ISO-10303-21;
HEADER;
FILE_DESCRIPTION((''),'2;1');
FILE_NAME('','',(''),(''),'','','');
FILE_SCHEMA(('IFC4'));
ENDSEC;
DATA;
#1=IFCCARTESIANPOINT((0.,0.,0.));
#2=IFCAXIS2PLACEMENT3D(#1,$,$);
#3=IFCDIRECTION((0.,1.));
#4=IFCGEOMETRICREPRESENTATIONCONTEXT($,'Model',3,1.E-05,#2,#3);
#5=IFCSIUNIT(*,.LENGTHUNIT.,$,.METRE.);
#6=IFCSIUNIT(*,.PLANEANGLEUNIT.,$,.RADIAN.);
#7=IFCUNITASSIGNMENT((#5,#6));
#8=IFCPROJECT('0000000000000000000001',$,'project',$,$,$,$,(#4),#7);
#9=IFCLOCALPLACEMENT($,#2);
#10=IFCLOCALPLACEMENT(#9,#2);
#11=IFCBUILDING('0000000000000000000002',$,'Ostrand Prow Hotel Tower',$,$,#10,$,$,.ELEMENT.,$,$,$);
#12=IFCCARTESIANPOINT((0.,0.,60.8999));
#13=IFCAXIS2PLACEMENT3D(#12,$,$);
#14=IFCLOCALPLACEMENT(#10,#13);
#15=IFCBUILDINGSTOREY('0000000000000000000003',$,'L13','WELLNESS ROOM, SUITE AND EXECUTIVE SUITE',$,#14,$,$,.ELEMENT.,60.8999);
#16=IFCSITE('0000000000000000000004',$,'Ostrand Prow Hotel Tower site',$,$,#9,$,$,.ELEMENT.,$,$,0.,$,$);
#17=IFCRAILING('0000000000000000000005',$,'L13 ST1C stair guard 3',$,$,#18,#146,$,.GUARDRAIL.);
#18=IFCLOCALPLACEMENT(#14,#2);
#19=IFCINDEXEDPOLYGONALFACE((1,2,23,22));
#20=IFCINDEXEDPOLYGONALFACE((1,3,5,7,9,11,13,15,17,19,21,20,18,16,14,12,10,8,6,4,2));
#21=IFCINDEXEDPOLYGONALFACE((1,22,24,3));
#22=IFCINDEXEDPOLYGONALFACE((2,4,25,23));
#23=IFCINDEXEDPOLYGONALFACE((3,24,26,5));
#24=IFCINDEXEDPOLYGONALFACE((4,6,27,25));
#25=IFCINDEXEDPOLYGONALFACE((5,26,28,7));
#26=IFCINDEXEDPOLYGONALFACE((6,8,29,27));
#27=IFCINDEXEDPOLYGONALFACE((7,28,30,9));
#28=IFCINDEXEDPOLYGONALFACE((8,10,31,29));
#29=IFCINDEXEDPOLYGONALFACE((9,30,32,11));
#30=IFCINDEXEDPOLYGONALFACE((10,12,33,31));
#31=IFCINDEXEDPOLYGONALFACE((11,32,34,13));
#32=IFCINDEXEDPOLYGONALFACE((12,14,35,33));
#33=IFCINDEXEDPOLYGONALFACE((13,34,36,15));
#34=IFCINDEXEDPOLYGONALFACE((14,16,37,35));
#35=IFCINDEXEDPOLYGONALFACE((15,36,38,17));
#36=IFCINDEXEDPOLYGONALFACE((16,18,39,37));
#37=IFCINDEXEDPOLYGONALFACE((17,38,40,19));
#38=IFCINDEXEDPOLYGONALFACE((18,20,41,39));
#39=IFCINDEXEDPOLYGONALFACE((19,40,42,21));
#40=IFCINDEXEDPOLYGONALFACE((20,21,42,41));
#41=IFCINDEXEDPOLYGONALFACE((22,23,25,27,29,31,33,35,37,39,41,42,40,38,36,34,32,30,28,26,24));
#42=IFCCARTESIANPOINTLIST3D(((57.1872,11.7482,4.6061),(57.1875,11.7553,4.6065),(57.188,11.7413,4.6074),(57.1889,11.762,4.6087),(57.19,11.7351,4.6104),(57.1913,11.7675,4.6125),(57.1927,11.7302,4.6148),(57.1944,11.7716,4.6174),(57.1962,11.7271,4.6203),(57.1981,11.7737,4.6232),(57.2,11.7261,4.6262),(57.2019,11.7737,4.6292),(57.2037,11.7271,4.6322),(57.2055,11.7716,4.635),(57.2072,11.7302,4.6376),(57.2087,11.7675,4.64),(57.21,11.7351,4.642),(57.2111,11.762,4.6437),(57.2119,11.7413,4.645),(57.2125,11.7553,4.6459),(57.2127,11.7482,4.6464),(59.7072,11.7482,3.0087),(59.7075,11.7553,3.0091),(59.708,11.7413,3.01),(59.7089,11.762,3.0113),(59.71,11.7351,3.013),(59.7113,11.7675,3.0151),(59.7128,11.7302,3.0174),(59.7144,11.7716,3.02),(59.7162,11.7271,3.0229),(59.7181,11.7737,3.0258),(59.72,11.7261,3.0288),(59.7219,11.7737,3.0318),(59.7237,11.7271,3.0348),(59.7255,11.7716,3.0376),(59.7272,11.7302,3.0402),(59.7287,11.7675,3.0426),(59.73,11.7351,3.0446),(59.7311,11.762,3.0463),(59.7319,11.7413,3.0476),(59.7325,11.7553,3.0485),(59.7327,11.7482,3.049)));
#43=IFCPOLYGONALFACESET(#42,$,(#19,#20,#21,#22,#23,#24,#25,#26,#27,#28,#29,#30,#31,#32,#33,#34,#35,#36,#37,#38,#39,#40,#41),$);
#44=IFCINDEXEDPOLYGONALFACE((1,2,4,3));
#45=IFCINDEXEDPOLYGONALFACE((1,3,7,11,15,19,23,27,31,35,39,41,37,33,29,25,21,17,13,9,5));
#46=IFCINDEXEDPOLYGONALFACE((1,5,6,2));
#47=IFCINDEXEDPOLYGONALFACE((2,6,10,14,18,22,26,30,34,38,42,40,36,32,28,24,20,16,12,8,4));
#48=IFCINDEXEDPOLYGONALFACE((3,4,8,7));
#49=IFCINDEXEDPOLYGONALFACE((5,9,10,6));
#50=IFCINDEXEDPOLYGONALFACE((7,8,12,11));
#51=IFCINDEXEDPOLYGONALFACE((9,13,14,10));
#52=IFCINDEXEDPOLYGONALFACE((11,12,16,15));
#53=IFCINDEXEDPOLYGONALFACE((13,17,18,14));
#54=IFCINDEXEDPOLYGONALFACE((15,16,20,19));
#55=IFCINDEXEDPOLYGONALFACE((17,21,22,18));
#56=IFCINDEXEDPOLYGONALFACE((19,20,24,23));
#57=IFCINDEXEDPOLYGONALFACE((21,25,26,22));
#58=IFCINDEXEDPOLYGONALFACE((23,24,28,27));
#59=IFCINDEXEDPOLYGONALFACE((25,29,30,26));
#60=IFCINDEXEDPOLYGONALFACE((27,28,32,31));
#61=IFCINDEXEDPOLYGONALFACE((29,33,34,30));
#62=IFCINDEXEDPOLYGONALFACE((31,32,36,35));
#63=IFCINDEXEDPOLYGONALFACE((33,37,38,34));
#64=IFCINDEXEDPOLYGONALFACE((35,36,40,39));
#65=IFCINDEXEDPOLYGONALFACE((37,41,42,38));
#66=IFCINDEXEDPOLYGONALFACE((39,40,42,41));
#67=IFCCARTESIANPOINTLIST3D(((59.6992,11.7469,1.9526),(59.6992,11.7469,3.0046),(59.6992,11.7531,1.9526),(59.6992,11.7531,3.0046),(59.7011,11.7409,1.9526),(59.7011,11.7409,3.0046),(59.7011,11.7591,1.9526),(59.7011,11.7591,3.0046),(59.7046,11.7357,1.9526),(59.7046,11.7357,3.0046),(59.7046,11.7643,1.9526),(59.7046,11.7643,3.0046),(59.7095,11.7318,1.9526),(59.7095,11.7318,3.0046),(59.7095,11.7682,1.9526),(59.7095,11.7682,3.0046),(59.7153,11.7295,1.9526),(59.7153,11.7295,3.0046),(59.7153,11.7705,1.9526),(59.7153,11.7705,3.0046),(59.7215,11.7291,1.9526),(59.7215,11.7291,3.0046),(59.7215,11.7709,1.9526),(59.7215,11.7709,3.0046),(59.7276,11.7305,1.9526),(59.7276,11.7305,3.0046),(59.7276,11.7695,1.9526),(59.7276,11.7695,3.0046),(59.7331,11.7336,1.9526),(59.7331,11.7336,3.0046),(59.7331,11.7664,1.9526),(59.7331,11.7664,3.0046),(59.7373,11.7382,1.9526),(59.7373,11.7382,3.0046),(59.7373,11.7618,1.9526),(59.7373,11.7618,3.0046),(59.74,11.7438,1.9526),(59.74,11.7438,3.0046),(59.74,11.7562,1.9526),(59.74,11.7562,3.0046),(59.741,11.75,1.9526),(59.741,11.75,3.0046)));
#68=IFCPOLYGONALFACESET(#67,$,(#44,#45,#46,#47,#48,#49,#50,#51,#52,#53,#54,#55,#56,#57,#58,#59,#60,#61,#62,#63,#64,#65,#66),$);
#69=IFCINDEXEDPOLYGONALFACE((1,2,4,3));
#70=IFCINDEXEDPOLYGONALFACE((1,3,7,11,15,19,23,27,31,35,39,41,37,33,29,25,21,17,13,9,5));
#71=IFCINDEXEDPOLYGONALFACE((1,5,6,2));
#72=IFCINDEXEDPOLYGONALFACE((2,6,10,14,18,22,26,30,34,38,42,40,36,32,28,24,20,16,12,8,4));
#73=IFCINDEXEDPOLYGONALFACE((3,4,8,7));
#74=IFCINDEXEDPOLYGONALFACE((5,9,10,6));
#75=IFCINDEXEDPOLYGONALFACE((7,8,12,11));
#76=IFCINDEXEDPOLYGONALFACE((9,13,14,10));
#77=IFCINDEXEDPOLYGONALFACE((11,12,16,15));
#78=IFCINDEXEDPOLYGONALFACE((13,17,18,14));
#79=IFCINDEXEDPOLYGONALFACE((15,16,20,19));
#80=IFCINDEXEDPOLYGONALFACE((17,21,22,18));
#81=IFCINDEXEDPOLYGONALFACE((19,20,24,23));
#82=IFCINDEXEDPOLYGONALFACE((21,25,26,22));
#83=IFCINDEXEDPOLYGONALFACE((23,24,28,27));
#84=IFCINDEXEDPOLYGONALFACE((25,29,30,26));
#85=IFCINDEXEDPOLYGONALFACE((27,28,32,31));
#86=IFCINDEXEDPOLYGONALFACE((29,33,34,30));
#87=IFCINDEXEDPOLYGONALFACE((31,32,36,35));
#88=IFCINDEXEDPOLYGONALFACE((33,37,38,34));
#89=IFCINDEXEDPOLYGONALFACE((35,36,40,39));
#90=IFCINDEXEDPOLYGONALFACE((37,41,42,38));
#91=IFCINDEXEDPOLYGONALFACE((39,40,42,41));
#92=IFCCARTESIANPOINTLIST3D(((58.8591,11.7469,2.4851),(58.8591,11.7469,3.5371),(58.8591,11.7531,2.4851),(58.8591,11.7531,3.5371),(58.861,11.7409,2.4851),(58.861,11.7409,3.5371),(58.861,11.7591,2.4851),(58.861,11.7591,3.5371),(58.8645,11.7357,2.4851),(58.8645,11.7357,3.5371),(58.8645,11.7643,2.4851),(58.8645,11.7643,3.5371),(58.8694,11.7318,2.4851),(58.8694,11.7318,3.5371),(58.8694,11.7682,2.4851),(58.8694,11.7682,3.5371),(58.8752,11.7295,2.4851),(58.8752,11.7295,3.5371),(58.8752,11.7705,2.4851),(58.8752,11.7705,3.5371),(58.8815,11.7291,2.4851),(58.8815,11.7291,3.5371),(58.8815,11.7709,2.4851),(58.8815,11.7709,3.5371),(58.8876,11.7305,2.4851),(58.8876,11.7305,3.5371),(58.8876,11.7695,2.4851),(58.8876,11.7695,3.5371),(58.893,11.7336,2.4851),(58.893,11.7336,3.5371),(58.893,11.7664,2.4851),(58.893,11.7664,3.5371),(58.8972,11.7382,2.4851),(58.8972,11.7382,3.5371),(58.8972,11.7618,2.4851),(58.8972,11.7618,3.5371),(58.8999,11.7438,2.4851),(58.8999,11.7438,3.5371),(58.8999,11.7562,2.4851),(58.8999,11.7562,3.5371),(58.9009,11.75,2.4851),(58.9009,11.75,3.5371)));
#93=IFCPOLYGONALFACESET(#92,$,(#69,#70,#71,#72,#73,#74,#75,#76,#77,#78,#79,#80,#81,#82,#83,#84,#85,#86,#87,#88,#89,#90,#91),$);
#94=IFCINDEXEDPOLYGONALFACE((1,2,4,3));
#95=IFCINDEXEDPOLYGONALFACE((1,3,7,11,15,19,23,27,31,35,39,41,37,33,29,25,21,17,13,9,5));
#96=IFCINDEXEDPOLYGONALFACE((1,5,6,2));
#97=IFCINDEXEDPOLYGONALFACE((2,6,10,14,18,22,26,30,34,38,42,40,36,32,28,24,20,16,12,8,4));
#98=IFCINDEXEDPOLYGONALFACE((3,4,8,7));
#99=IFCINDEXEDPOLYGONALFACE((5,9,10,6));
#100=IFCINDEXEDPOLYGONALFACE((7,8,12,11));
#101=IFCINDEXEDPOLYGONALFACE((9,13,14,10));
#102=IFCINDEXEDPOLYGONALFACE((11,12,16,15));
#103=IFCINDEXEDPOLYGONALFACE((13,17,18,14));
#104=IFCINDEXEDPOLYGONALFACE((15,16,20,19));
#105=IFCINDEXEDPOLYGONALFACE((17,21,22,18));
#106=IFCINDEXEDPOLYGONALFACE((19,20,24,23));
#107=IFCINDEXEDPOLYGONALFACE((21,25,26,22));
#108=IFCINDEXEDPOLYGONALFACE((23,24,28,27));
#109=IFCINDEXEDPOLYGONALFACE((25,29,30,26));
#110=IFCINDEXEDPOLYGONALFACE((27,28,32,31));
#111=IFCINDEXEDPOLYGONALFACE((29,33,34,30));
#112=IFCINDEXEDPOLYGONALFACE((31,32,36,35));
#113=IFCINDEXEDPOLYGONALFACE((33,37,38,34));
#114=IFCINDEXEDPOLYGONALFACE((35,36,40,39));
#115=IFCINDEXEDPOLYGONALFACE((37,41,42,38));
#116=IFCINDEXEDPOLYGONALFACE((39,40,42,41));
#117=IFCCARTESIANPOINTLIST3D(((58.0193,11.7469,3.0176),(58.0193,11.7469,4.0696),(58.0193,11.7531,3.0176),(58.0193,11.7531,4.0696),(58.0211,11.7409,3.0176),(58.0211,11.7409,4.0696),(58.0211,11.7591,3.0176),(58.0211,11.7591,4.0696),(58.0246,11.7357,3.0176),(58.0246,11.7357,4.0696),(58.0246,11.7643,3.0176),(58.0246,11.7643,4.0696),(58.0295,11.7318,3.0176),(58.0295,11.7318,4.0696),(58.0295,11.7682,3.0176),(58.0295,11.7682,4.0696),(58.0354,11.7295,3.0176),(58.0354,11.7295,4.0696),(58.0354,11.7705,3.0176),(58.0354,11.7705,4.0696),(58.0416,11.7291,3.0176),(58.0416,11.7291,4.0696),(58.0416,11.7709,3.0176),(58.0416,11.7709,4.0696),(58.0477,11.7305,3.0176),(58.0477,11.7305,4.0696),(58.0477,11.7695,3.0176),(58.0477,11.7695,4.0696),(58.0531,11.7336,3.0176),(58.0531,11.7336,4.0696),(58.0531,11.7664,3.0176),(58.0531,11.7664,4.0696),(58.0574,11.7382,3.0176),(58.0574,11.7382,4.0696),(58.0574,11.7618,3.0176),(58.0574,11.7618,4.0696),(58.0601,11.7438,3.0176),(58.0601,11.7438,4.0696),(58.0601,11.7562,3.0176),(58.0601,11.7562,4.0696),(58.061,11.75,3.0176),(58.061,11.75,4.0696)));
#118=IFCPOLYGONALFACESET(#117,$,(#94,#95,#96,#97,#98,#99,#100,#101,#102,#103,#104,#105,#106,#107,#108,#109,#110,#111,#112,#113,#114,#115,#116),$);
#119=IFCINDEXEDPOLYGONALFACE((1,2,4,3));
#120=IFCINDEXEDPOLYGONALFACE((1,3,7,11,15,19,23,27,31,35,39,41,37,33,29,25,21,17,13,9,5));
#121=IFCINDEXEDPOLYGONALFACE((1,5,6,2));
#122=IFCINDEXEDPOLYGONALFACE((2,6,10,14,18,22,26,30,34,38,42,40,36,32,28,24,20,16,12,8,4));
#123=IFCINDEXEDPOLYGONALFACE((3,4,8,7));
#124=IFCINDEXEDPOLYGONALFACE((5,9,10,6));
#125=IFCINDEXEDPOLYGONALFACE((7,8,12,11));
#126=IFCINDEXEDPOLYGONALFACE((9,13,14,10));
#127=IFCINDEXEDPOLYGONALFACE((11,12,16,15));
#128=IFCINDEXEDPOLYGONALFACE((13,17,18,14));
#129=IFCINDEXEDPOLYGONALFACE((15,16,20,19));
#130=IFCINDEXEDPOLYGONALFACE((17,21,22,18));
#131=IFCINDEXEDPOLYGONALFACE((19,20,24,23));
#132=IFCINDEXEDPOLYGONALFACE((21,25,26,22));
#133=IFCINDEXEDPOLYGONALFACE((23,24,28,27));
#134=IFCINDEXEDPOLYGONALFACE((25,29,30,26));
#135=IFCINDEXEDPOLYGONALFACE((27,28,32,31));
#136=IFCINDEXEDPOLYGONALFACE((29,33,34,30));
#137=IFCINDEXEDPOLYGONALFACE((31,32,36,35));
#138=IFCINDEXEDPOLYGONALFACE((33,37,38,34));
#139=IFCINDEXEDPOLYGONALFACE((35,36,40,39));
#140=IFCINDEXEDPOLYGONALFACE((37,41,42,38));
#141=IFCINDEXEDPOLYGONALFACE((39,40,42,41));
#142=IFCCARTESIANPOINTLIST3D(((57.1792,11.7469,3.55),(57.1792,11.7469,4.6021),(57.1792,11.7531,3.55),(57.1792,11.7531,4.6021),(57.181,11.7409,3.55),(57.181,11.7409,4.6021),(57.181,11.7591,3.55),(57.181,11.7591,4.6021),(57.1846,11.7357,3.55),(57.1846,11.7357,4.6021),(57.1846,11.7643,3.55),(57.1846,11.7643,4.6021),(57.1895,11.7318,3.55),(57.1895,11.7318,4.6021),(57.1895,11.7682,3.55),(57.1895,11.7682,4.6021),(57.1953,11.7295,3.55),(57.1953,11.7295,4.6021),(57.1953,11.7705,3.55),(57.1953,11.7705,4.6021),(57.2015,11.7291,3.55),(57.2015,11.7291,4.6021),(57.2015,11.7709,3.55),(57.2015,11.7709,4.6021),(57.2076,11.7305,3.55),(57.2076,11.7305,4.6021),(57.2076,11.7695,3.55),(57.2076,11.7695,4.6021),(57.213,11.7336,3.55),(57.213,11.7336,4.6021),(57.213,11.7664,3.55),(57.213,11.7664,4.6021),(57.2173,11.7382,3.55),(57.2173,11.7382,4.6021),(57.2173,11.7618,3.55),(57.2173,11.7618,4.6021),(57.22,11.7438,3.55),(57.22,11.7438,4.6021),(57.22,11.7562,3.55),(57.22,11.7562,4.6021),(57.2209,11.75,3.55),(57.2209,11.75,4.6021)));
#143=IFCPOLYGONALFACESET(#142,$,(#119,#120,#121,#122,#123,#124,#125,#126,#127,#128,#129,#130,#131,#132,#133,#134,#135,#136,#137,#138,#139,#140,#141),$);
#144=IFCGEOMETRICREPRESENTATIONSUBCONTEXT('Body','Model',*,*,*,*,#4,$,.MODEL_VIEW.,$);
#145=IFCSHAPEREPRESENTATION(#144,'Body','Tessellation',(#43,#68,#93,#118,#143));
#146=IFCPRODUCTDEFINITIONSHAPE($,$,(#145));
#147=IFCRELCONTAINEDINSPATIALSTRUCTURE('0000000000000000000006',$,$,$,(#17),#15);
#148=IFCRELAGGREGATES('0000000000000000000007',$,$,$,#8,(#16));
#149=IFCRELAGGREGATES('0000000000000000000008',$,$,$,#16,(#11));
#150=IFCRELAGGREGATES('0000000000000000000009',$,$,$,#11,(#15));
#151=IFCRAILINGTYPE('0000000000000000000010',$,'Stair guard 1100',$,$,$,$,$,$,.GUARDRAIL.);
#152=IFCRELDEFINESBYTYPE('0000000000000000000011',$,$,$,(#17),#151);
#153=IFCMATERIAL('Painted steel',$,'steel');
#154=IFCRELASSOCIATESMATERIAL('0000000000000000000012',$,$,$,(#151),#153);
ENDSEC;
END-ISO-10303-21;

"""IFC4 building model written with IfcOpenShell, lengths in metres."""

from ifc_helpers import new_model, si_unit, direction, frame, origin, origin_2d, place, context, subcontext, project, spatial, circle, extrude, material, type_object, element, save


model = new_model("IFC4")

# Units and contexts
model_context = context("Model", 3, precision=1e-05, world=origin(), true_north=direction((0.0, 1.0)))
body_context = subcontext(model_context, "Body", "Model", "MODEL_VIEW")
ifc_project = project(units=[si_unit("LENGTHUNIT", "METRE"), si_unit("PLANEANGLEUNIT", "RADIAN")], contexts=[model_context])

# Site, building, storey
site_placement = place(None, origin())
site = spatial("IfcSite", under=ifc_project, at=site_placement, Name="Ostrand Prow Hotel Tower site", CompositionType="ELEMENT", RefElevation=0.0)
building_placement = place(site_placement, origin())
building = spatial("IfcBuilding", under=site, at=building_placement, Name="Ostrand Prow Hotel Tower", CompositionType="ELEMENT")
storey_placement = place(building_placement, frame((0.0, 0.0, 60.8999)))
storey = spatial("IfcBuildingStorey", under=building, at=storey_placement, Name="L13", Description="WELLNESS ROOM, SUITE AND EXECUTIVE SUITE", CompositionType="ELEMENT", Elevation=60.8999)

# Railing
ifc_material_1 = material(Name="Painted steel", Category="steel")
railing_type_1 = type_object("IfcRailingType", Name="Stair guard 1100", PredefinedType="GUARDRAIL", material=ifc_material_1)
railing_1_placement = place(storey_placement, frame((59.72, 11.75, 1.9526)))
element("IfcRailing", 1, at=railing_1_placement, inside=storey, type_object=railing_type_1, Name="L13 ST1C stair guard 3", PredefinedType="GUARDRAIL", context=body_context, shape_type="SweptSolid", body=[
    extrude(circle(Radius=0.0239, at=origin_2d()), frame((0.0, 0.0, 1.0762), z_axis=(-0.844607, 0.0, 0.535387), x_axis=(0.0, -1.0, 0.0)), (0.0, 0.0, 1.0), 2.9836),
    extrude(circle(Radius=0.021, at=origin_2d()), origin(), (0.0, 0.0, 1.0), 1.052),
    extrude(circle(Radius=0.021, at=origin_2d()), frame((-0.8401, 0.0, 0.5325)), (0.0, 0.0, 1.0), 1.052),
    extrude(circle(Radius=0.021, at=origin_2d()), frame((-1.6799, 0.0, 1.0649)), (0.0, 0.0, 1.0), 1.052),
    extrude(circle(Radius=0.021, at=origin_2d()), frame((-2.52, 0.0, 1.5974)), (0.0, 0.0, 1.0), 1.052),
])

save(model, "model.ifc")
